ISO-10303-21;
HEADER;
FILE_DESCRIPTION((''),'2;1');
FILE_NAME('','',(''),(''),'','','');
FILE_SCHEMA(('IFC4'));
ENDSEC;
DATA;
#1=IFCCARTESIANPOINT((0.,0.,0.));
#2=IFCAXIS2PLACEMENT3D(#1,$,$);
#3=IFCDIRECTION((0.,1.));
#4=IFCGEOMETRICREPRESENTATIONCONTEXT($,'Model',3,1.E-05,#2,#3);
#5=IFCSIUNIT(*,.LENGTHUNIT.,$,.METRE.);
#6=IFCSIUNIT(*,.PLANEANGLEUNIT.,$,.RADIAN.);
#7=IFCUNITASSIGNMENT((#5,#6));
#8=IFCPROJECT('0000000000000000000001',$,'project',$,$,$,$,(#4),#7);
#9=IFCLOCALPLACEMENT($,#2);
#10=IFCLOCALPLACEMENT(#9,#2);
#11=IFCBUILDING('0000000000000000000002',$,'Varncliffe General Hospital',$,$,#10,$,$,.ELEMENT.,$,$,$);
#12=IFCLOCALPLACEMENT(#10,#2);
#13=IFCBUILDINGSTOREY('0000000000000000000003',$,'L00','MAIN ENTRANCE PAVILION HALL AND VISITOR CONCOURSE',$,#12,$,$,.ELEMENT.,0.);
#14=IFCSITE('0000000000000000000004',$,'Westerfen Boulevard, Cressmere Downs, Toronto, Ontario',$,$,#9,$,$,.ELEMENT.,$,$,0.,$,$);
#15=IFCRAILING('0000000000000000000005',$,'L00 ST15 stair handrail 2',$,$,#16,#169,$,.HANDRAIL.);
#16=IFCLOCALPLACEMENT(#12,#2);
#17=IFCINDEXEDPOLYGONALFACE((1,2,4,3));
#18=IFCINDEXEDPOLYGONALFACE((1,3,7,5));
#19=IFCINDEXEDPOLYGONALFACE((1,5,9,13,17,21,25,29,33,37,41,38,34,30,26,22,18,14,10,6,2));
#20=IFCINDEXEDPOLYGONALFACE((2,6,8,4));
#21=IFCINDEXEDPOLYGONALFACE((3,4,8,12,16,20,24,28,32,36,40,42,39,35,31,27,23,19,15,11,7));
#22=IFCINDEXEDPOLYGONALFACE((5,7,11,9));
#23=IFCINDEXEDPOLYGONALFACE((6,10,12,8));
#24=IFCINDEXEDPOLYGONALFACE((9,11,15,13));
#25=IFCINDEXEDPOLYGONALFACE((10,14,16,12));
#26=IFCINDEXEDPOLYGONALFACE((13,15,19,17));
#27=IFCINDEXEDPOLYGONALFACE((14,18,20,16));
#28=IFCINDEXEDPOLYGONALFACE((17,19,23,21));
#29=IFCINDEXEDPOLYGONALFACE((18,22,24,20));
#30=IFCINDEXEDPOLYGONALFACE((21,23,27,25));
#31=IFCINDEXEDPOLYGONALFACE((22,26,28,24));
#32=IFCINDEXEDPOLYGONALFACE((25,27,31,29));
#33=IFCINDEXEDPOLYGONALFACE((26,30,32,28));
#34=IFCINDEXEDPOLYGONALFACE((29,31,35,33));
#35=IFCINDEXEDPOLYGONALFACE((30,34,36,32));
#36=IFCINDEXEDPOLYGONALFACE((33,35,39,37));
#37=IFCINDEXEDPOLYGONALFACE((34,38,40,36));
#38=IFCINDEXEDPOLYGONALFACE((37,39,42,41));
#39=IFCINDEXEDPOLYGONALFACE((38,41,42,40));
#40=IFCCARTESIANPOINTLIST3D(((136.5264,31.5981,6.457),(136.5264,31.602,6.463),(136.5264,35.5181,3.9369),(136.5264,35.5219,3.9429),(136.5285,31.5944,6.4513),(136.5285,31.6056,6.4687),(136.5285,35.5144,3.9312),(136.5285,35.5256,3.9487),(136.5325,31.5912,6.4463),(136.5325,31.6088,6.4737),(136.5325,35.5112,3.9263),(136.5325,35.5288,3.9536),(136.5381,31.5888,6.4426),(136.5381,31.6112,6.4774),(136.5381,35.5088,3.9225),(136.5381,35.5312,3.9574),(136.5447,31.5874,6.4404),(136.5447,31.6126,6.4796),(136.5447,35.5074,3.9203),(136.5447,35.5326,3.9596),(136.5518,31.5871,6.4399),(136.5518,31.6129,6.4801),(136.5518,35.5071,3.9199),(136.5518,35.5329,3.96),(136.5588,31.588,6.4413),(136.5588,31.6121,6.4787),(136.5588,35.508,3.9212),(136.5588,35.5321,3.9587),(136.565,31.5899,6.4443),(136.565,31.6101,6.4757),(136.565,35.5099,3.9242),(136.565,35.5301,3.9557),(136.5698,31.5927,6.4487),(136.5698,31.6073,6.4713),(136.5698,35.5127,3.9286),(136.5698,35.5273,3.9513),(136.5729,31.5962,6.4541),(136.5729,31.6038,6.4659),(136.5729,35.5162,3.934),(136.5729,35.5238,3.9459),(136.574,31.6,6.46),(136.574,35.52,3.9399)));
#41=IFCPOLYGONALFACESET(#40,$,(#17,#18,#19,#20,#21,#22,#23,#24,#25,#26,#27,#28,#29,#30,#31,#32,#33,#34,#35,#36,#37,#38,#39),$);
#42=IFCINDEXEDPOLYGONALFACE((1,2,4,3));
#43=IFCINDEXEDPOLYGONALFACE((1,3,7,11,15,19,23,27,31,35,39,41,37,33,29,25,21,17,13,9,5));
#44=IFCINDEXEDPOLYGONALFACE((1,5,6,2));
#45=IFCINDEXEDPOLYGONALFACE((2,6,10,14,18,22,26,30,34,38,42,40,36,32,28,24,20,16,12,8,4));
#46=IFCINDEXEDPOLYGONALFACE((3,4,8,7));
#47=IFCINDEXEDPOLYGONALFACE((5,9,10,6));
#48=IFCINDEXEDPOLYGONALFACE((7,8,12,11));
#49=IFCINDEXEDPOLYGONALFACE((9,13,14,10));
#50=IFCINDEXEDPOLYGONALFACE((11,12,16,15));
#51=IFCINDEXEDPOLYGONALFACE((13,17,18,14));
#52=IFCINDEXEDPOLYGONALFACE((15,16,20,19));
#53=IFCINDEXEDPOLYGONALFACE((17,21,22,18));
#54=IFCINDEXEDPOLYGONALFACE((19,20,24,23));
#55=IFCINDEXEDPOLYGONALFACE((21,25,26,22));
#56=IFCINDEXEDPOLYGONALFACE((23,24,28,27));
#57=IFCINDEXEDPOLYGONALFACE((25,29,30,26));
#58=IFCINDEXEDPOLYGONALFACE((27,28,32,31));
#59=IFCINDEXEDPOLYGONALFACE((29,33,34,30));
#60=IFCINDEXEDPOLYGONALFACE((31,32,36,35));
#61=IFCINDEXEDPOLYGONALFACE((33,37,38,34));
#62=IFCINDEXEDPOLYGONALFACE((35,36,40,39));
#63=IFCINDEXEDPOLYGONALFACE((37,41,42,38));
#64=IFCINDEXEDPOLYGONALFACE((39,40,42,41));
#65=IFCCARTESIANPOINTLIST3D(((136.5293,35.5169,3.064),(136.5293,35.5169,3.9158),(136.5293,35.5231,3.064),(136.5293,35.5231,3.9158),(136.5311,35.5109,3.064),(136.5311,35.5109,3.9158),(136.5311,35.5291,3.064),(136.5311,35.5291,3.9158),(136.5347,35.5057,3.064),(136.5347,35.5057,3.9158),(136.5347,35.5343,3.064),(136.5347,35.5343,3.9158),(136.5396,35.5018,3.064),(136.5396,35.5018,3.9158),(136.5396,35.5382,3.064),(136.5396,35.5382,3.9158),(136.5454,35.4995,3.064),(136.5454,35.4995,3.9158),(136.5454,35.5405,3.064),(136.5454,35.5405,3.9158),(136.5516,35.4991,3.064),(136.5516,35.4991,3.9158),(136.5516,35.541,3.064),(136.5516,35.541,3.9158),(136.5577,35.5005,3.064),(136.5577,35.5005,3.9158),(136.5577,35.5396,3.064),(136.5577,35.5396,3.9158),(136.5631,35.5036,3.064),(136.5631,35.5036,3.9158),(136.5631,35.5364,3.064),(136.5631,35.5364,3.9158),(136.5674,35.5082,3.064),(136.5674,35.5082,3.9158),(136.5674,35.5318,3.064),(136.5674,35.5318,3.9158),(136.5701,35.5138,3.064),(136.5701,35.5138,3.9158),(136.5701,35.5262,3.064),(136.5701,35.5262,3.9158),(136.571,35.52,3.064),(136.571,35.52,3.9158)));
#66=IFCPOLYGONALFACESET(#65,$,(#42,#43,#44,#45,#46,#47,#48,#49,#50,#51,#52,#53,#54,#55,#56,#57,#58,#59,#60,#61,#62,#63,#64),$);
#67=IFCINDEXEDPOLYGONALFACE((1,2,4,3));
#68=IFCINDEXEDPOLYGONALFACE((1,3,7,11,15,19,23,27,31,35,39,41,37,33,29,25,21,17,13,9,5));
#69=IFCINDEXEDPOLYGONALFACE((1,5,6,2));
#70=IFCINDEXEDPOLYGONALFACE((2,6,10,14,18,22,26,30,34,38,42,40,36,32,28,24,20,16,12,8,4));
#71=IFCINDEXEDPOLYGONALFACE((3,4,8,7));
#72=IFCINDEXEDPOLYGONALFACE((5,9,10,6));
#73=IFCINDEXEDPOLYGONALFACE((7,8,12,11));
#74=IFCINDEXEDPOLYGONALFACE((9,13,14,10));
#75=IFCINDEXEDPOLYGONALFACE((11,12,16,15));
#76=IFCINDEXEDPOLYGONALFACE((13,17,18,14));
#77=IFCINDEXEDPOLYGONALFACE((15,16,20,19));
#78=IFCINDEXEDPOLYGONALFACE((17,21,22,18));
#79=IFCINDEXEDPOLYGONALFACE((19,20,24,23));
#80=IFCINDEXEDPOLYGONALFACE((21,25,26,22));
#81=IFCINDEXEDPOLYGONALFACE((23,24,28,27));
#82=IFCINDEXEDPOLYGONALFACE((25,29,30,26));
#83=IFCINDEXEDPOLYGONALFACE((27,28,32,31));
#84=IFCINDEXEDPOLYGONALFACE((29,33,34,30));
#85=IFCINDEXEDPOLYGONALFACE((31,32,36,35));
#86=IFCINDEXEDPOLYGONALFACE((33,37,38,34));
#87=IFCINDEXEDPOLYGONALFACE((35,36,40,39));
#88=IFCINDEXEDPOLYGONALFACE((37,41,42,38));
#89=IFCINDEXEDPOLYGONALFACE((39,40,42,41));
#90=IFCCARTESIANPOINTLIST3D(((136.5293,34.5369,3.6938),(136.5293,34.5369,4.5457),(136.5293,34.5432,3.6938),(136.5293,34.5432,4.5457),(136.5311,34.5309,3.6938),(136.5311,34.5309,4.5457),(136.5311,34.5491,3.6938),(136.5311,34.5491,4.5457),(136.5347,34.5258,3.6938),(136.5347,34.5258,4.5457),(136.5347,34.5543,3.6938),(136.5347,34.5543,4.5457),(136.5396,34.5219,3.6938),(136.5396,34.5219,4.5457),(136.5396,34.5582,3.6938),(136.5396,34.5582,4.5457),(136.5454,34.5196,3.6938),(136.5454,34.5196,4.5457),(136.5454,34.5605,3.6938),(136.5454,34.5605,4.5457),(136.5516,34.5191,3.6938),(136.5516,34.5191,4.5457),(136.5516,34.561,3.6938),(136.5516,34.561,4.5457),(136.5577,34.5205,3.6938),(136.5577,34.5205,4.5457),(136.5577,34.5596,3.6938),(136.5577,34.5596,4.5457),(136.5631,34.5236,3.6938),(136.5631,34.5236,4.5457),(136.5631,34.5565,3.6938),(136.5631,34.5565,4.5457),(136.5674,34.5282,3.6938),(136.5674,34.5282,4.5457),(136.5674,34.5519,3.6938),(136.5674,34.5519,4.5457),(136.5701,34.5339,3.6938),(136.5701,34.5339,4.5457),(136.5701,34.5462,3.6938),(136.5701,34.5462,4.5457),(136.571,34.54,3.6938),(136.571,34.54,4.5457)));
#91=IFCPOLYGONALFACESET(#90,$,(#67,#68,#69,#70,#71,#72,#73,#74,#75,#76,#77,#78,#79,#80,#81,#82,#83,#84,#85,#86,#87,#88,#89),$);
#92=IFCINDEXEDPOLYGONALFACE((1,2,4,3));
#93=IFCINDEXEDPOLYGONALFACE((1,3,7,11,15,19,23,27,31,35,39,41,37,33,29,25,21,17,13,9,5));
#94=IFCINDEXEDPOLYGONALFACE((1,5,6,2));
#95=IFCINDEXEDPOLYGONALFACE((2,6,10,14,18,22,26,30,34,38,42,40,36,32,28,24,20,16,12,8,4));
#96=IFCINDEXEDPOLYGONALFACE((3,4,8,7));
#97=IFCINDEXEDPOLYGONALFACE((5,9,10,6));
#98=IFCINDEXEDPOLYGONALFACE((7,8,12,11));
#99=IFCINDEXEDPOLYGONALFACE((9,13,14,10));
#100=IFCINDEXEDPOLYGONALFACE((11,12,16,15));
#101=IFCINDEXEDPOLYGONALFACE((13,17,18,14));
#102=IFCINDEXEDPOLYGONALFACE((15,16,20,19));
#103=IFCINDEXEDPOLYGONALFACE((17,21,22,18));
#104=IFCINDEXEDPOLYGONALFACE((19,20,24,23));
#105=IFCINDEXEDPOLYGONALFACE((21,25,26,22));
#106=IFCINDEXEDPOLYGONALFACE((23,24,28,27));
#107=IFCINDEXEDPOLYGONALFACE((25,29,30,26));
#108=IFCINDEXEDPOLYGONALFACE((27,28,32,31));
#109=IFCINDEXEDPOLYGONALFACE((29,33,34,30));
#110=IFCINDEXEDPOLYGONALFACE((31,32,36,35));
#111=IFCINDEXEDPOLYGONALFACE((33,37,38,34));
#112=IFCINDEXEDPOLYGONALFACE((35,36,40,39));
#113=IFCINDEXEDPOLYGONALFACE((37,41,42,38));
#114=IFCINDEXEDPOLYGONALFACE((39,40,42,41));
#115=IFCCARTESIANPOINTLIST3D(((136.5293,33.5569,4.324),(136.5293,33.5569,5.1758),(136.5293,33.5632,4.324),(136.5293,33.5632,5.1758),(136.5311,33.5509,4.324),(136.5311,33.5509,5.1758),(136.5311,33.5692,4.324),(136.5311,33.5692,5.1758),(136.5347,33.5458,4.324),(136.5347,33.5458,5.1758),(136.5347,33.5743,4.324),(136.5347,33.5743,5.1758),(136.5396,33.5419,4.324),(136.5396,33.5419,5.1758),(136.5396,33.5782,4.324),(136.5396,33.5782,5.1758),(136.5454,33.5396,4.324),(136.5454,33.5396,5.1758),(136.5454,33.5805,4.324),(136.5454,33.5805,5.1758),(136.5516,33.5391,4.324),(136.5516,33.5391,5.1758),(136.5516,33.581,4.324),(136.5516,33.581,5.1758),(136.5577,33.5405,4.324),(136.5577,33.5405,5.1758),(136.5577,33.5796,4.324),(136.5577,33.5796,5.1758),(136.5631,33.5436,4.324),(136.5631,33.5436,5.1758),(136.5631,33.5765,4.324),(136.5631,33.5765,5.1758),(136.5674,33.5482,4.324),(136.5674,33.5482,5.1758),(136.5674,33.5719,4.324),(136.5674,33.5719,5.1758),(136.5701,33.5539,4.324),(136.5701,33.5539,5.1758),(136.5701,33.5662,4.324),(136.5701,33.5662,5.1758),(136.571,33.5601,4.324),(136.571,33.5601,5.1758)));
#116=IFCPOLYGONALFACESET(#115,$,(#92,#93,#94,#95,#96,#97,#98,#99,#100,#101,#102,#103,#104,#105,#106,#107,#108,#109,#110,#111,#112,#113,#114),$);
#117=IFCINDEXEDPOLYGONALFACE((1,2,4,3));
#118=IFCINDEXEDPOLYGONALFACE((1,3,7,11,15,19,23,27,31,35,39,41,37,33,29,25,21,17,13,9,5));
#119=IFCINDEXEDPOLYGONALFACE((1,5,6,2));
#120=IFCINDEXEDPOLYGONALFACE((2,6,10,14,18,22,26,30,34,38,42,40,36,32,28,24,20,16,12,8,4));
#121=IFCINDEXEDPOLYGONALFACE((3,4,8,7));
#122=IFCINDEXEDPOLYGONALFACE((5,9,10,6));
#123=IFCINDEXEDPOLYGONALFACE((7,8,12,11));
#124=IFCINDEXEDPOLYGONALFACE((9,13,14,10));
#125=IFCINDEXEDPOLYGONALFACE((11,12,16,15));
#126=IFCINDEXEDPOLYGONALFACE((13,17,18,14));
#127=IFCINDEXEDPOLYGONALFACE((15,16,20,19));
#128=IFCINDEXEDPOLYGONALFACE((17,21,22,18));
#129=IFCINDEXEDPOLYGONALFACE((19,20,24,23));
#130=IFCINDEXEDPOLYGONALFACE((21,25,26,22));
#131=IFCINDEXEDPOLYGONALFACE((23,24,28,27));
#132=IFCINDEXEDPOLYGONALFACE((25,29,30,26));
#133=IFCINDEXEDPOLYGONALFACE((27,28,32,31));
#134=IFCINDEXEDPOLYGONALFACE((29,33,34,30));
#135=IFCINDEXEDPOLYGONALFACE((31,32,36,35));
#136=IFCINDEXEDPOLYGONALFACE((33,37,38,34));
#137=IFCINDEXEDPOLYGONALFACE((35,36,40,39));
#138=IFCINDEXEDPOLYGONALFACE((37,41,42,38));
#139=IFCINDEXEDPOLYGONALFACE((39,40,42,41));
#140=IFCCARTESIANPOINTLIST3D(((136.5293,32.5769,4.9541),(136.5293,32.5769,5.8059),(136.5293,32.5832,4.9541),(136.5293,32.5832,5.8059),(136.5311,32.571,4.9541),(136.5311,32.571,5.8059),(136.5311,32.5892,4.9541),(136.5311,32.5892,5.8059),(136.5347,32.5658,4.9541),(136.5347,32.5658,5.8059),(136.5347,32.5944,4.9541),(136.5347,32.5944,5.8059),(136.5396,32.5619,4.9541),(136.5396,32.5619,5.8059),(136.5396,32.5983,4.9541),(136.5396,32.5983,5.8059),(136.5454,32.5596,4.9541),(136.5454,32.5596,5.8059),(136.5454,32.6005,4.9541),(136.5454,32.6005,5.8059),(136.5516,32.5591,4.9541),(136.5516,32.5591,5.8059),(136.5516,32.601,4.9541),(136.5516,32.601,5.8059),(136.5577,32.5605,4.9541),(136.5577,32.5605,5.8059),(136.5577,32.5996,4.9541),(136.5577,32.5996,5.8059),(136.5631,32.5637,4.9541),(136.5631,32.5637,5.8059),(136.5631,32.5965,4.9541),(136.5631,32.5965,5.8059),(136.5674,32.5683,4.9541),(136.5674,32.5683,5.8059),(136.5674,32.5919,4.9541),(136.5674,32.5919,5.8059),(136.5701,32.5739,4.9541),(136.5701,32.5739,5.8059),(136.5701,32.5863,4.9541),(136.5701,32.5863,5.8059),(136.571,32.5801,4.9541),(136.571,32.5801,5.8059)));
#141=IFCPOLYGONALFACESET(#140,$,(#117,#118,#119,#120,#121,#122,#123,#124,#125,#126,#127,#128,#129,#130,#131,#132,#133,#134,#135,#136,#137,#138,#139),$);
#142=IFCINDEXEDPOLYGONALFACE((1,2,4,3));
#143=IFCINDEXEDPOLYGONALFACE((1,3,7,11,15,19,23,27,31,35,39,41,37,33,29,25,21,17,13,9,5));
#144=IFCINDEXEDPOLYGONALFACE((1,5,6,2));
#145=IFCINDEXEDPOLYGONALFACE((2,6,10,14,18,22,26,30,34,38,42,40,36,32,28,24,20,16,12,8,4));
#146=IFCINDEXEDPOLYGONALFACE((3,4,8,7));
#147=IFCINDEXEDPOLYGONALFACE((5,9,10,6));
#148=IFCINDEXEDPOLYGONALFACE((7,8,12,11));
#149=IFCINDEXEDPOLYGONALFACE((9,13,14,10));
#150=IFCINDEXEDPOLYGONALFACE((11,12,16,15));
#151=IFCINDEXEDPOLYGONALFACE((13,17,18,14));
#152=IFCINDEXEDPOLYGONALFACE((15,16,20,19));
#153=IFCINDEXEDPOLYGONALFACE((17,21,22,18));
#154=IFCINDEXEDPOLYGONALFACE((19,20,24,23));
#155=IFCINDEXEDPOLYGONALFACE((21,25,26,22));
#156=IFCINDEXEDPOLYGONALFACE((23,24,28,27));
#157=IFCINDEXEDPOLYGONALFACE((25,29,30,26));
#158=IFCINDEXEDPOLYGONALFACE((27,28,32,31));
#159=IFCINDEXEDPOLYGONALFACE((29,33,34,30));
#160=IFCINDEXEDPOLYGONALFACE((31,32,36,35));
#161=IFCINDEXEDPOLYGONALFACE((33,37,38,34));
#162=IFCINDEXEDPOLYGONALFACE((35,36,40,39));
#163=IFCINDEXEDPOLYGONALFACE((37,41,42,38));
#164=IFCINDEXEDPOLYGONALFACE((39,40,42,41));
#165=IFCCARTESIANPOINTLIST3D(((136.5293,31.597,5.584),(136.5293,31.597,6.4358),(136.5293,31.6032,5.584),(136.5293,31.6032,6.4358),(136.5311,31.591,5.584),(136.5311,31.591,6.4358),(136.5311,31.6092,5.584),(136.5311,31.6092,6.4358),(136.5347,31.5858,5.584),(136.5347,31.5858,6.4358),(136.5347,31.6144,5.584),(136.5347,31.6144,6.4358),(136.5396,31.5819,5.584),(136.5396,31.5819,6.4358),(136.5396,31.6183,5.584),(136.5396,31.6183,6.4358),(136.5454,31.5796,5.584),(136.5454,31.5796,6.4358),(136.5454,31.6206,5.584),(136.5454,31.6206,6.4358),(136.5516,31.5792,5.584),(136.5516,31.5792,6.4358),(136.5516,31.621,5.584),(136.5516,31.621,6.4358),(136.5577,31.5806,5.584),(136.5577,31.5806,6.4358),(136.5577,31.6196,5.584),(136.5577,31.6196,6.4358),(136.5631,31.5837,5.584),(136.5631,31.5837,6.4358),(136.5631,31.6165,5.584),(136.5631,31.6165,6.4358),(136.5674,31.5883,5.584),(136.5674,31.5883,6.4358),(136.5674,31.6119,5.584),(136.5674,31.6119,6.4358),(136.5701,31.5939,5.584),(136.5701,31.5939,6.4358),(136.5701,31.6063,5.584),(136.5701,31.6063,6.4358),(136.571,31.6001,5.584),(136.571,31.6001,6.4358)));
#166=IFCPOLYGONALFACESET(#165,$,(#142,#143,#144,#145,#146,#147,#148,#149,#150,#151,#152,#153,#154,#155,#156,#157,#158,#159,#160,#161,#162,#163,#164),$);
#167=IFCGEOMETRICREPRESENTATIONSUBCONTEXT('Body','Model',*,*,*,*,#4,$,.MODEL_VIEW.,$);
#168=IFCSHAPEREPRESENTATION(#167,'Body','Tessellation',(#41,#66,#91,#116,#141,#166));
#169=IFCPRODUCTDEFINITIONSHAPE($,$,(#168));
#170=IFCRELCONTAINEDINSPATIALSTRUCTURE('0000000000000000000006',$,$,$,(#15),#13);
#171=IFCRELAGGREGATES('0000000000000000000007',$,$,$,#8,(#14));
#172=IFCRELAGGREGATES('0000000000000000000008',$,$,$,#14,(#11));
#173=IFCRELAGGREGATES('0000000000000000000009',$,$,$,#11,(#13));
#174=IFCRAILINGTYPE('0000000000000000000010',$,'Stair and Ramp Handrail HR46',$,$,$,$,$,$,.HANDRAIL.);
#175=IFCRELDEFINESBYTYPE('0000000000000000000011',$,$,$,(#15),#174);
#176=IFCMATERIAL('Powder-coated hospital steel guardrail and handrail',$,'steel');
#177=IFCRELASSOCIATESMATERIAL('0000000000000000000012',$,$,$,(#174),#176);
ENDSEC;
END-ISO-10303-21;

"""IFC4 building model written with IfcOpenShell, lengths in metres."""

from ifc_helpers import new_model, si_unit, direction, frame, origin, origin_2d, place, context, subcontext, project, spatial, circle, extrude, material, type_object, element, save


model = new_model("IFC4")

# Units and contexts
model_context = context("Model", 3, precision=1e-05, world=origin(), true_north=direction((0.0, 1.0)))
body_context = subcontext(model_context, "Body", "Model", "MODEL_VIEW")
ifc_project = project(units=[si_unit("LENGTHUNIT", "METRE"), si_unit("PLANEANGLEUNIT", "RADIAN")], contexts=[model_context])

# Site, building, storey
site_placement = place(None, origin())
site = spatial("IfcSite", under=ifc_project, at=site_placement, Name="Westerfen Boulevard, Cressmere Downs, Toronto, Ontario", CompositionType="ELEMENT", RefElevation=0.0)
building_placement = place(site_placement, origin())
building = spatial("IfcBuilding", under=site, at=building_placement, Name="Varncliffe General Hospital", CompositionType="ELEMENT")
storey_placement = place(building_placement, origin())
storey = spatial("IfcBuildingStorey", under=building, at=storey_placement, Name="L00", Description="MAIN ENTRANCE PAVILION HALL AND VISITOR CONCOURSE", CompositionType="ELEMENT", Elevation=0.0)

# Railing
ifc_material_1 = material(Name="Powder-coated hospital steel guardrail and handrail", Category="steel")
railing_type_1 = type_object("IfcRailingType", Name="Stair and Ramp Handrail HR46", PredefinedType="HANDRAIL", material=ifc_material_1)
railing_1_placement = place(storey_placement, frame((136.55, 35.52, 3.064)))
element("IfcRailing", 1, at=railing_1_placement, inside=storey, type_object=railing_type_1, Name="L00 ST15 stair handrail 2", PredefinedType="HANDRAIL", context=body_context, shape_type="SweptSolid", body=[
    extrude(circle(Radius=0.0239, at=origin_2d()), frame((0.0, 0.0, 0.876), z_axis=(0.0, -0.841172, 0.540768), x_axis=(1.0, 0.0, 0.0)), (0.0, 0.0, 1.0), 4.6602),
    extrude(circle(Radius=0.021, at=origin_2d()), origin(), (0.0, 0.0, 1.0), 0.8518),
    extrude(circle(Radius=0.021, at=origin_2d()), frame((0.0, -0.98, 0.6299)), (0.0, 0.0, 1.0), 0.8518),
    extrude(circle(Radius=0.021, at=origin_2d()), frame((0.0, -1.96, 1.26)), (0.0, 0.0, 1.0), 0.8518),
    extrude(circle(Radius=0.021, at=origin_2d()), frame((0.0, -2.9399, 1.8901)), (0.0, 0.0, 1.0), 0.8518),
    extrude(circle(Radius=0.021, at=origin_2d()), frame((0.0, -3.9199, 2.52)), (0.0, 0.0, 1.0), 0.8518),
])

save(model, "model.ifc")
